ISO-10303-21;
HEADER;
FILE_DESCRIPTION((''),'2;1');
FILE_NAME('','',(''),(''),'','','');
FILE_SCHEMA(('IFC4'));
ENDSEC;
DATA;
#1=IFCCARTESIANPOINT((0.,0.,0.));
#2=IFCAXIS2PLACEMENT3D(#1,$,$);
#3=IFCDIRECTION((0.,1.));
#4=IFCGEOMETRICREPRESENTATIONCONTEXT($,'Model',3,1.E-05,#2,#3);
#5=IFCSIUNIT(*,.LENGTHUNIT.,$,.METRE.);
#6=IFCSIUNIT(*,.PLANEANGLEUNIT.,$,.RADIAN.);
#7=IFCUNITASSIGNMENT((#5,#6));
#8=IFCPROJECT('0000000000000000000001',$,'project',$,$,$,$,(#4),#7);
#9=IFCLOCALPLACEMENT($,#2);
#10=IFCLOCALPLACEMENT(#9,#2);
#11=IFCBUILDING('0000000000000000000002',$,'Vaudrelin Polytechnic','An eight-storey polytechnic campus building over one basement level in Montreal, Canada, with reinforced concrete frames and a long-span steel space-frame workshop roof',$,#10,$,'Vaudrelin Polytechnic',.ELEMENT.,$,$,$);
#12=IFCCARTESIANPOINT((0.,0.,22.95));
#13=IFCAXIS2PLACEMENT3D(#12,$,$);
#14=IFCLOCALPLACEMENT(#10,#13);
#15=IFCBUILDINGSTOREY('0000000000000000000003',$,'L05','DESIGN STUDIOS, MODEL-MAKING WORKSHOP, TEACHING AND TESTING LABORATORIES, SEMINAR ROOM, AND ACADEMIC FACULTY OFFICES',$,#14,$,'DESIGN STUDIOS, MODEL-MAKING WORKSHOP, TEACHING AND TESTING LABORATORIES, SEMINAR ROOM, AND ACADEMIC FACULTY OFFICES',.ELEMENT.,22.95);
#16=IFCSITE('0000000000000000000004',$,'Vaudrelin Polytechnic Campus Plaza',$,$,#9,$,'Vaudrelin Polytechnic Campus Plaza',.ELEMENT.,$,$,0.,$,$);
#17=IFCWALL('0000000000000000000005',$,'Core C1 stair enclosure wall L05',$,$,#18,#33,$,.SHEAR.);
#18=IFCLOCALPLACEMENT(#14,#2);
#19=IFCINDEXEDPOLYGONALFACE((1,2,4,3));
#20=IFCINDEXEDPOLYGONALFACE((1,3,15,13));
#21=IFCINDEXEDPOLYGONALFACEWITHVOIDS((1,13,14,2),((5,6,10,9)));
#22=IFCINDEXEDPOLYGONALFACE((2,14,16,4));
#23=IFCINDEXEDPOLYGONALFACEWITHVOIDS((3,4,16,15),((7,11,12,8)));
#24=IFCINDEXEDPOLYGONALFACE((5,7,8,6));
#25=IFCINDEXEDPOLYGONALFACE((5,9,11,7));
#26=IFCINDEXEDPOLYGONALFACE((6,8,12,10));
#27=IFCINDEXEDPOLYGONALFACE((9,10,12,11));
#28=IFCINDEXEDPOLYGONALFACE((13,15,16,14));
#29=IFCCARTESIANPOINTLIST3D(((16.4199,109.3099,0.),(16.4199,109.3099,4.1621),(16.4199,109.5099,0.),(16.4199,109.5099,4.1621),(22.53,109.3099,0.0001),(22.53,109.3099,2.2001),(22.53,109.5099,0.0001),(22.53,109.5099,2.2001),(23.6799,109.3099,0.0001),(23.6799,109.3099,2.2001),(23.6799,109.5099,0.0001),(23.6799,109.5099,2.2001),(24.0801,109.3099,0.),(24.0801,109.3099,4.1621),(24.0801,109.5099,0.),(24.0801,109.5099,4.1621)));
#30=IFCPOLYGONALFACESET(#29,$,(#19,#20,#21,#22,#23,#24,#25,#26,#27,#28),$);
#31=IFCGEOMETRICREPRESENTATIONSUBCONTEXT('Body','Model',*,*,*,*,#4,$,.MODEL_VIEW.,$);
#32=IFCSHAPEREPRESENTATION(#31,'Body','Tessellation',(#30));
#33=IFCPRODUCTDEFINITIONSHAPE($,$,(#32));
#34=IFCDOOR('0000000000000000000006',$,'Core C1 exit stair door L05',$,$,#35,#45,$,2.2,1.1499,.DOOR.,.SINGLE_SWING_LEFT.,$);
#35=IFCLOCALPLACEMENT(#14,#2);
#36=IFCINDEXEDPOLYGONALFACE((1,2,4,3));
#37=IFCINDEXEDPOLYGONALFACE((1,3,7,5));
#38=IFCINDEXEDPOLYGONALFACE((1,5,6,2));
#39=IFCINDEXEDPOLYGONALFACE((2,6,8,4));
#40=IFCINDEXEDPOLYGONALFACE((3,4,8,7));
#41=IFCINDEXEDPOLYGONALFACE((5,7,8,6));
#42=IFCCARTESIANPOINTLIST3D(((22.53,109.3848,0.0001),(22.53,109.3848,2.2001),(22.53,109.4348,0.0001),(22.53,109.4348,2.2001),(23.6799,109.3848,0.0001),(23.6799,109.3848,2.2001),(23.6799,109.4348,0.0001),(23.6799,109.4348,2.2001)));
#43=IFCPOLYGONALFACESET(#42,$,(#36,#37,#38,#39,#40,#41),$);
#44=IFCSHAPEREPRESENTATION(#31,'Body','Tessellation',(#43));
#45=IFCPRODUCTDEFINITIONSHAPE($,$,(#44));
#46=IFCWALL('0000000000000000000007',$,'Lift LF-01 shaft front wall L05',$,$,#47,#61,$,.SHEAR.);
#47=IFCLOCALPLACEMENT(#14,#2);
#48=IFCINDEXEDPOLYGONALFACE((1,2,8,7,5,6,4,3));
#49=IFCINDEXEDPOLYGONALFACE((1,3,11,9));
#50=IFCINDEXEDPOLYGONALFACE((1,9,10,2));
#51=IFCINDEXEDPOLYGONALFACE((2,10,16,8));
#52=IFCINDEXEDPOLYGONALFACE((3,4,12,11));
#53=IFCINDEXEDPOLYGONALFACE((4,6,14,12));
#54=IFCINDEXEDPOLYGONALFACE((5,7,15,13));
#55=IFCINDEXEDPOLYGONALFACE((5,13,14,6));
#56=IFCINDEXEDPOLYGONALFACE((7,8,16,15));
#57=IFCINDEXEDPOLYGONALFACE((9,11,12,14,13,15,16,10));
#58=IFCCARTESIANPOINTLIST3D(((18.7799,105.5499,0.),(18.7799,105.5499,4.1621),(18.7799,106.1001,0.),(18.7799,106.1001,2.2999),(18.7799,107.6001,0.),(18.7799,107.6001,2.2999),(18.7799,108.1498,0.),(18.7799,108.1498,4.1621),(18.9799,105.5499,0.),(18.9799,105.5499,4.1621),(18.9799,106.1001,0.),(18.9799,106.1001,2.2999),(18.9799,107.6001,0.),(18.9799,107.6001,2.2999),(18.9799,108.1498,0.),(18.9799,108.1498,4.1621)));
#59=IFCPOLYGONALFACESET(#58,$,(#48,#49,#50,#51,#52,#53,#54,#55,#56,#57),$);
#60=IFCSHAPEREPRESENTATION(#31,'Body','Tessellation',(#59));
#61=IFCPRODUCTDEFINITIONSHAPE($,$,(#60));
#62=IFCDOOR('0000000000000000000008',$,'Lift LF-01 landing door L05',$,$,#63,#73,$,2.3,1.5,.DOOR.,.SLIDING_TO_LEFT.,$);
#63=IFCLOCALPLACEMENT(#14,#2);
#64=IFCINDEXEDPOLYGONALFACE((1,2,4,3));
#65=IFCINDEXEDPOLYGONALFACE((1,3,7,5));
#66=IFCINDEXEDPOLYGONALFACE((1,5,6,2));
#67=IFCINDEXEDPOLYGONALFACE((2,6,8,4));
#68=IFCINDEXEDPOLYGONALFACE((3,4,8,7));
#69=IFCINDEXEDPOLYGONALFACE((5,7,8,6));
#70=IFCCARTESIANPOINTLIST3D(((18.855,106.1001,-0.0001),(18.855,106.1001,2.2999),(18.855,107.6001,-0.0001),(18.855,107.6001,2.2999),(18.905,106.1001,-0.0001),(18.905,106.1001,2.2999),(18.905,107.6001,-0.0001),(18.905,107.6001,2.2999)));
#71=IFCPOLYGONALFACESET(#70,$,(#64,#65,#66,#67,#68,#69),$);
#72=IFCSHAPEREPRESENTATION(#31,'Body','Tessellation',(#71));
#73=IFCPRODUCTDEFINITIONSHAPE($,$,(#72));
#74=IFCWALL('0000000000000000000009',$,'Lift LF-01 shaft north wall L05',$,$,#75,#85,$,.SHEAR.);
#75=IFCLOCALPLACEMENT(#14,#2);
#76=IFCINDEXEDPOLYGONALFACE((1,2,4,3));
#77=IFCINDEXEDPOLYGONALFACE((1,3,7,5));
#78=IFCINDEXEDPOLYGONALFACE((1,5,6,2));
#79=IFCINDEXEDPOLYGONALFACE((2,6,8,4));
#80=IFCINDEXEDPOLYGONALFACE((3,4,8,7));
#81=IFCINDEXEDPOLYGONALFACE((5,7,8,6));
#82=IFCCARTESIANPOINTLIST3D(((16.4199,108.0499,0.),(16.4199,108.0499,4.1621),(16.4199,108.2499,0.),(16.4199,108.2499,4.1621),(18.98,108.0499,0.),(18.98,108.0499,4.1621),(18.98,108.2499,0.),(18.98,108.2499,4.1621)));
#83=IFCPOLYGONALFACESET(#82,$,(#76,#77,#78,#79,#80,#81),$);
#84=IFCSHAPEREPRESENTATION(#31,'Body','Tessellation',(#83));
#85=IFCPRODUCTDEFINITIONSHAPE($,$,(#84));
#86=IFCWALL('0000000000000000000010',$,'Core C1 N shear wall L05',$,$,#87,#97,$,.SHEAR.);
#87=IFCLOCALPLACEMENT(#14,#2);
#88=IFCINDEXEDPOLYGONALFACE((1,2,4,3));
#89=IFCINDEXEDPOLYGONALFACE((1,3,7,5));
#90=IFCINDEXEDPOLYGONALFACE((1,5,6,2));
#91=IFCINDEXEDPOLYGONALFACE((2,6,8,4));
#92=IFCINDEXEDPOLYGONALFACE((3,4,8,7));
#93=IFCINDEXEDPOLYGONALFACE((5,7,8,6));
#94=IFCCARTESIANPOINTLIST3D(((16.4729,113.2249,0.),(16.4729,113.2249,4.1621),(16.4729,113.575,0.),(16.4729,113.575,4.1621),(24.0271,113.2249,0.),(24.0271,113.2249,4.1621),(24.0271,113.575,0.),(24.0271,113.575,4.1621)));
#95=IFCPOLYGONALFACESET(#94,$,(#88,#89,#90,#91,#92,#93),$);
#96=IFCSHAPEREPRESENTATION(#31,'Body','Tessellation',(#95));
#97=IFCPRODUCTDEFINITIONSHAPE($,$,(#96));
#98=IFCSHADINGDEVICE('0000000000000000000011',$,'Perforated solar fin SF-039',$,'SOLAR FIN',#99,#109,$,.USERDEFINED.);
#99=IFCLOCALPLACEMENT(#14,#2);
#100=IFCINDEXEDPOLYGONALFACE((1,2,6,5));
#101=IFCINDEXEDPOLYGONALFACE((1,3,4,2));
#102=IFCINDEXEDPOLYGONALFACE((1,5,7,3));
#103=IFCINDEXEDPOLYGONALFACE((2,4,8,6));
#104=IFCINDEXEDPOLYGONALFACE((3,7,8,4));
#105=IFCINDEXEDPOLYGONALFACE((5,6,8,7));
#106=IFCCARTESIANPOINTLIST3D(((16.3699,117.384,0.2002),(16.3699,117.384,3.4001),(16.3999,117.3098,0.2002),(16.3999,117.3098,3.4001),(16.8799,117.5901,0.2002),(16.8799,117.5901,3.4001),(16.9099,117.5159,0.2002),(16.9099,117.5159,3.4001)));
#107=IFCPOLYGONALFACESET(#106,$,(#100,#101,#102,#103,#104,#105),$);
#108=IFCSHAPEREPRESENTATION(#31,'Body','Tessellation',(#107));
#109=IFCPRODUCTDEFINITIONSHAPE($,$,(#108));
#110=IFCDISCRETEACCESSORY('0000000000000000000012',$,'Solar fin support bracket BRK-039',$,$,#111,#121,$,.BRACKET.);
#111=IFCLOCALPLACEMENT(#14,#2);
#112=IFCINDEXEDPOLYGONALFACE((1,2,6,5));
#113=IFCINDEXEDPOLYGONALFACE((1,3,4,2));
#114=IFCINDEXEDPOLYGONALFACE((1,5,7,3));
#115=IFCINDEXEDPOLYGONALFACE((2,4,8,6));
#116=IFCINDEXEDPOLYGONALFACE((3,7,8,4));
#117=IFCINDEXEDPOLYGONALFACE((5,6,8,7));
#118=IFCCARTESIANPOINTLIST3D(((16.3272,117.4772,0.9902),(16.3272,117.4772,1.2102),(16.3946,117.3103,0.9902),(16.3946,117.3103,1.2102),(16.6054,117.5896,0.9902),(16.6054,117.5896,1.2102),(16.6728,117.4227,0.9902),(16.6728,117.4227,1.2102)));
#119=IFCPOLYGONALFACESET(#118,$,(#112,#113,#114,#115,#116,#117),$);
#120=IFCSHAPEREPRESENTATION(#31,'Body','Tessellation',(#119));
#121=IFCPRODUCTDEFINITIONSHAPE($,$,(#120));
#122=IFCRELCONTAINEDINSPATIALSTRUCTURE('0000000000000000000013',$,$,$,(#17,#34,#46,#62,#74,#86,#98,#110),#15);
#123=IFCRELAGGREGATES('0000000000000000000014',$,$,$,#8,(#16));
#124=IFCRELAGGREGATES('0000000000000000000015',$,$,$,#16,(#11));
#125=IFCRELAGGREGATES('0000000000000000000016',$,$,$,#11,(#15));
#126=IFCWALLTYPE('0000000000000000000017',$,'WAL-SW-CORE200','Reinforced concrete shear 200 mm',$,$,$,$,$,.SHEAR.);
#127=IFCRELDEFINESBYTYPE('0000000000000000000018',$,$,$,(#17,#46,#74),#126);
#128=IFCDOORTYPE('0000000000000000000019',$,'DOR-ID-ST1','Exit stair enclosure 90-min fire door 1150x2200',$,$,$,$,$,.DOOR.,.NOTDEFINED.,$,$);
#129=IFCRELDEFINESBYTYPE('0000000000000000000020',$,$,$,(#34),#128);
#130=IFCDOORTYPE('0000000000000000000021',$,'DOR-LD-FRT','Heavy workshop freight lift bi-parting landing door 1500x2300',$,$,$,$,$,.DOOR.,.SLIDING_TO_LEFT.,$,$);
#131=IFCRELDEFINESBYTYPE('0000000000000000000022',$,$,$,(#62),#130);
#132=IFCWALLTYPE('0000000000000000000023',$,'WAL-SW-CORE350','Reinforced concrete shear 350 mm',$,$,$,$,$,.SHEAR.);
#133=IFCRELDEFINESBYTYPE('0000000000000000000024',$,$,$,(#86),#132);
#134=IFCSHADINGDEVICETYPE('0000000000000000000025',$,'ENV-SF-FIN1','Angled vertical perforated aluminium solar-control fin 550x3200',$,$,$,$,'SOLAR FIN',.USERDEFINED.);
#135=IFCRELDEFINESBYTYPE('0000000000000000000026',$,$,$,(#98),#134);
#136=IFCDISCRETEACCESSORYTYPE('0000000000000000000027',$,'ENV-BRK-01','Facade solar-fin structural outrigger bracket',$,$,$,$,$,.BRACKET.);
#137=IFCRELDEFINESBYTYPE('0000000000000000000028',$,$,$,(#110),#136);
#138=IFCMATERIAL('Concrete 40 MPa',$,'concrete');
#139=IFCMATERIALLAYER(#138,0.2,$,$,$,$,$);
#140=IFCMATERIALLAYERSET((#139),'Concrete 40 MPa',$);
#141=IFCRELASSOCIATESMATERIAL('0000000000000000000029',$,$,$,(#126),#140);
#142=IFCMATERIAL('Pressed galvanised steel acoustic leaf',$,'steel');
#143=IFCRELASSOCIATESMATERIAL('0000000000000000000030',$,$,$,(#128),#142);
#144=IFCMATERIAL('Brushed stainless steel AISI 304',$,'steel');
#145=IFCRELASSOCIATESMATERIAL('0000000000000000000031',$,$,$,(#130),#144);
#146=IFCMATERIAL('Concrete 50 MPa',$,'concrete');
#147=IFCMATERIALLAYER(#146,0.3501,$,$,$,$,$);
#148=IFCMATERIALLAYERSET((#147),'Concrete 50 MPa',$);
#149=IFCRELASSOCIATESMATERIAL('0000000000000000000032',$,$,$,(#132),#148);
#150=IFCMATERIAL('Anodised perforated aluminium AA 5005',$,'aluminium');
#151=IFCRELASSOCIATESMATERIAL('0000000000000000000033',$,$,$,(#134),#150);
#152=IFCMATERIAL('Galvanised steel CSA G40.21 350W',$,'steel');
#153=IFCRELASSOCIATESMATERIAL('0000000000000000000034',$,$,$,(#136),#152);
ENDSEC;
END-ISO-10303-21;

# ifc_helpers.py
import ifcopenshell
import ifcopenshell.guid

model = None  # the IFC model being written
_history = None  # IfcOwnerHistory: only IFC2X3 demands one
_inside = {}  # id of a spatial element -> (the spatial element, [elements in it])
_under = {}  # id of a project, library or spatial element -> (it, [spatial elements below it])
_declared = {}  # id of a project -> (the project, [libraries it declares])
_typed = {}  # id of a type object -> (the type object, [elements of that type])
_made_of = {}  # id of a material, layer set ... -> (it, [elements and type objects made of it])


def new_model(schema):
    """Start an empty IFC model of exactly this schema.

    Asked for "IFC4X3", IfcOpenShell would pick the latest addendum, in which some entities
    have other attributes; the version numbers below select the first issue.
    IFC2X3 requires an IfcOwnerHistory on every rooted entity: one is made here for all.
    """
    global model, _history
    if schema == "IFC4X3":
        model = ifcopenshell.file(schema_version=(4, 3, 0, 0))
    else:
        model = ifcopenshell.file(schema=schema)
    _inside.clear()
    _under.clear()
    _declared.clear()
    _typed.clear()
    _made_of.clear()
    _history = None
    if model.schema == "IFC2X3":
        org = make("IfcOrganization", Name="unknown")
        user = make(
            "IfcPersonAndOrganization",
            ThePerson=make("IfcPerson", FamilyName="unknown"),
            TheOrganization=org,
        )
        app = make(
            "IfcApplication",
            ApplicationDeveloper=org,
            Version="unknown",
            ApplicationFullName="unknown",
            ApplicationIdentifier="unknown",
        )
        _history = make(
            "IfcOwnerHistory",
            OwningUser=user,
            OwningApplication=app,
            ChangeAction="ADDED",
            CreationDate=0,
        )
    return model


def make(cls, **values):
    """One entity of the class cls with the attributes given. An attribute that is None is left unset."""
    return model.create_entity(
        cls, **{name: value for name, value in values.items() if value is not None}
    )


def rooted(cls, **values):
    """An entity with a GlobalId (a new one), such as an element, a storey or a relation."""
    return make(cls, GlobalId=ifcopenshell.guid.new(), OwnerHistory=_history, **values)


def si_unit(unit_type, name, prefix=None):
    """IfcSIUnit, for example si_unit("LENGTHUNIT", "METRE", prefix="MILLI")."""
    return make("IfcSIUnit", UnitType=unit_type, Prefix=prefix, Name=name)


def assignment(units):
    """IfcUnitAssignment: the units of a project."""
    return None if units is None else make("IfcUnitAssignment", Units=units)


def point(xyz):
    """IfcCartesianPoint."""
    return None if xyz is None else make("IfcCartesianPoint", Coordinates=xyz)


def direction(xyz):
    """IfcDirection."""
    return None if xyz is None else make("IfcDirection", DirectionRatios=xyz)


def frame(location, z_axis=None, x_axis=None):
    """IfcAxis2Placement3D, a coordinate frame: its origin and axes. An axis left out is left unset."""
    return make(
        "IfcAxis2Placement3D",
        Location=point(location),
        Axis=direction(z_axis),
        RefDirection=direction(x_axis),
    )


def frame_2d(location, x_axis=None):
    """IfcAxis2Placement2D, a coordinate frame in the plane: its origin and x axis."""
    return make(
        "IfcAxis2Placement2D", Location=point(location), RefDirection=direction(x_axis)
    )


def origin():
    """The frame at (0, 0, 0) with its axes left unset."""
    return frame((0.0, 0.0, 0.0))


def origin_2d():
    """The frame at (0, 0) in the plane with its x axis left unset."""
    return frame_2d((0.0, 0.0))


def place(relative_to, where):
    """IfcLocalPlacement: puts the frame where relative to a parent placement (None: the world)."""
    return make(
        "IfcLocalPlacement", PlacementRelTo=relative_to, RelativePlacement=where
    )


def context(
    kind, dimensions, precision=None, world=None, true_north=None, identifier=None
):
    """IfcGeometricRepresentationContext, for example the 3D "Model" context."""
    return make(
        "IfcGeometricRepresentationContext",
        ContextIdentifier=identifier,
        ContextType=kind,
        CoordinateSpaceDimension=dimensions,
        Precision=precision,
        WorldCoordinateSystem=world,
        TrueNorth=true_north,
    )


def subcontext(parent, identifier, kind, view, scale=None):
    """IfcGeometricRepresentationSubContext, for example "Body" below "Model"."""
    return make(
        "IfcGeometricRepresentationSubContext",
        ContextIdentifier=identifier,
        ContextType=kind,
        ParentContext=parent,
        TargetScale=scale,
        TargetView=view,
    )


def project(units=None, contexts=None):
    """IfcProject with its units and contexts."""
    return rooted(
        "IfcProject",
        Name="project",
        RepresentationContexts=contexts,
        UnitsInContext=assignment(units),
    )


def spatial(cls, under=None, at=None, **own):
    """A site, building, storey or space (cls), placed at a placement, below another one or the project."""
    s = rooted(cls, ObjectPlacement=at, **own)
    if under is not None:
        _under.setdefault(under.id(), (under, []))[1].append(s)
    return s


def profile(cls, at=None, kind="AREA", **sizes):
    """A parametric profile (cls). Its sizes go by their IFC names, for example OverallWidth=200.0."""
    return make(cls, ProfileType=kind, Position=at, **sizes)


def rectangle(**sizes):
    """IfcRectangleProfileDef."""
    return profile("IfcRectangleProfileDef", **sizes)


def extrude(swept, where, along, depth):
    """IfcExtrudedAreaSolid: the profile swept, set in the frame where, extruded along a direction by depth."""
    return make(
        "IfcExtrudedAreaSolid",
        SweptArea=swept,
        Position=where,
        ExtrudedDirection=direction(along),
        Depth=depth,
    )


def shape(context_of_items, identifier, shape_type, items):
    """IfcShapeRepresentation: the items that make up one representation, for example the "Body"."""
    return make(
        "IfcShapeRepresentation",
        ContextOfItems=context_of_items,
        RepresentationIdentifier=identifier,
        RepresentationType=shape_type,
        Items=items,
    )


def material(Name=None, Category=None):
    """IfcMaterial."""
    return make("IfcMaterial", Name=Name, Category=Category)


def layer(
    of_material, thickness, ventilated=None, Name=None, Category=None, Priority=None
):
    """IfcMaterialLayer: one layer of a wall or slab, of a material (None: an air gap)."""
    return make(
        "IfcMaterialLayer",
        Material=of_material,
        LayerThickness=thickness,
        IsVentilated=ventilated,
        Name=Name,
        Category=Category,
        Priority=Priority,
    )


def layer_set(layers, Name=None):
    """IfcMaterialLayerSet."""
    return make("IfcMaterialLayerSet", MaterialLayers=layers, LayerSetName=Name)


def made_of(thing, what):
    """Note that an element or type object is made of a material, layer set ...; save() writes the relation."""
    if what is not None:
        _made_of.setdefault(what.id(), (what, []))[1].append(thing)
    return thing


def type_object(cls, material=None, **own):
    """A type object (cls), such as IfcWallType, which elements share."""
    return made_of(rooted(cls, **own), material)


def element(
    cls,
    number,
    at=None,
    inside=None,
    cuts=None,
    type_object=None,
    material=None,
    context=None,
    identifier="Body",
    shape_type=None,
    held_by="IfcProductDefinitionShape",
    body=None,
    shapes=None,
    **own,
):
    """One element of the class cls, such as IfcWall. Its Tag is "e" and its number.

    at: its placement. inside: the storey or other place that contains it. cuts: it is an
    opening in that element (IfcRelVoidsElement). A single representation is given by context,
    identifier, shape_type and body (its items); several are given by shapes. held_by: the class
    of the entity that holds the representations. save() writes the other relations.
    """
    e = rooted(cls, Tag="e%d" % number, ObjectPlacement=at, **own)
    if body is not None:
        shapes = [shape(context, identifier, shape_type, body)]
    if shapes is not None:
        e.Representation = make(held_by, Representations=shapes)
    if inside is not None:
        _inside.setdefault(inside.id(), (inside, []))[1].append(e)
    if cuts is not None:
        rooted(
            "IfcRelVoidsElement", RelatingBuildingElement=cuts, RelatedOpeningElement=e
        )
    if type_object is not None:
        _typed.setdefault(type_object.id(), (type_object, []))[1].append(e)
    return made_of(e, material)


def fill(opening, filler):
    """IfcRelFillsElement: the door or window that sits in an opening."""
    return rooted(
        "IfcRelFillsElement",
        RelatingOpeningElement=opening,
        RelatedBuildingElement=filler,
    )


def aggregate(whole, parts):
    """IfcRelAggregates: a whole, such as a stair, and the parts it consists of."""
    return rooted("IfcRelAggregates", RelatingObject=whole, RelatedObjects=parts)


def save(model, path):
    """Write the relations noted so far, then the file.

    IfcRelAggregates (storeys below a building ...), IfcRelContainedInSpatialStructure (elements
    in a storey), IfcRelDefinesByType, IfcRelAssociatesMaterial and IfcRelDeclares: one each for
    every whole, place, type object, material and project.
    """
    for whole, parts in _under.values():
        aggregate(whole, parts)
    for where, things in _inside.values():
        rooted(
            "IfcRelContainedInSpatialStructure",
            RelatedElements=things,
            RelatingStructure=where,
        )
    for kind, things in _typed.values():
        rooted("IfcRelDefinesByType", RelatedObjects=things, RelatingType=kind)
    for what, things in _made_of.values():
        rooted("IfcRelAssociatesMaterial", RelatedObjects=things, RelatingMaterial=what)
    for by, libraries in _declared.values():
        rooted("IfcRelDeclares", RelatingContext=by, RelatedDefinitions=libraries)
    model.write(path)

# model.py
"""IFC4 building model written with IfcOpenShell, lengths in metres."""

from ifc_helpers import new_model, si_unit, direction, frame, frame_2d, origin, origin_2d, place, context, subcontext, project, spatial, rectangle, extrude, material, layer, layer_set, type_object, element, fill, save


model = new_model("IFC4")

# Units and contexts
model_context = context("Model", 3, precision=1e-05, world=origin(), true_north=direction((0.0, 1.0)))
body_context = subcontext(model_context, "Body", "Model", "MODEL_VIEW")
ifc_project = project(units=[si_unit("LENGTHUNIT", "METRE"), si_unit("PLANEANGLEUNIT", "RADIAN")], contexts=[model_context])

# Site, building, storey
site_placement = place(None, origin())
site = spatial("IfcSite", under=ifc_project, at=site_placement, Name="Vaudrelin Polytechnic Campus Plaza", LongName="Vaudrelin Polytechnic Campus Plaza", CompositionType="ELEMENT", RefElevation=0.0)
building_placement = place(site_placement, origin())
building = spatial("IfcBuilding", under=site, at=building_placement, Name="Vaudrelin Polytechnic", Description="An eight-storey polytechnic campus building over one basement level in Montreal, Canada, with reinforced concrete frames and a long-span steel space-frame workshop roof", LongName="Vaudrelin Polytechnic", CompositionType="ELEMENT")
storey_placement = place(building_placement, frame((0.0, 0.0, 22.95)))
storey = spatial("IfcBuildingStorey", under=building, at=storey_placement, Name="L05", Description="DESIGN STUDIOS, MODEL-MAKING WORKSHOP, TEACHING AND TESTING LABORATORIES, SEMINAR ROOM, AND ACADEMIC FACULTY OFFICES", LongName="DESIGN STUDIOS, MODEL-MAKING WORKSHOP, TEACHING AND TESTING LABORATORIES, SEMINAR ROOM, AND ACADEMIC FACULTY OFFICES", CompositionType="ELEMENT", Elevation=22.95)

# Shared definitions
ifc_material_1 = material(Name="Concrete 40 MPa", Category="concrete")

# Walls, openings, doors
ifc_material_2 = material(Name="Pressed galvanised steel acoustic leaf", Category="steel")
ifc_layer_1 = layer(ifc_material_1, 0.2)
ifc_layer_set_1 = layer_set([ifc_layer_1], Name="Concrete 40 MPa")
wall_type_1 = type_object("IfcWallType", Name="WAL-SW-CORE200", Description="Reinforced concrete shear 200 mm", PredefinedType="SHEAR", material=ifc_layer_set_1)
wall_1_placement = place(storey_placement, frame((16.4199, 109.4099, 0.0), z_axis=(0.0, 0.0, 1.0), x_axis=(1.0, 0.0, 0.0)))
wall_1 = element("IfcWall", 1, at=wall_1_placement, inside=storey, type_object=wall_type_1, Name="Core C1 stair enclosure wall L05", PredefinedType="SHEAR", context=body_context, shape_type="SweptSolid", body=[
    extrude(rectangle(XDim=7.6602, YDim=0.2, at=frame_2d((3.8301, 0.0))), origin(), (0.0, 0.0, 1.0), 4.1621),
])
opening_1_placement = place(wall_1_placement, frame((6.1101, 0.0, 0.0)))
opening_1 = element("IfcOpeningElement", 2, at=opening_1_placement, cuts=wall_1, PredefinedType="OPENING", context=body_context, shape_type="SweptSolid", body=[
    extrude(rectangle(XDim=1.1499, YDim=2.2, at=frame_2d((0.575, 1.1001))), frame((0.0, 0.1099, 0.0), z_axis=(0.0, -1.0, 0.0), x_axis=(1.0, 0.0, 0.0)), (0.0, 0.0, 1.0), 0.22),
])
door_type_1 = type_object("IfcDoorType", Name="DOR-ID-ST1", Description="Exit stair enclosure 90-min fire door 1150x2200", OperationType="NOTDEFINED", PredefinedType="DOOR", material=ifc_material_2)
door_1_placement = place(opening_1_placement, origin())
door_1 = element("IfcDoor", 3, at=door_1_placement, inside=storey, type_object=door_type_1, Name="Core C1 exit stair door L05", OperationType="SINGLE_SWING_LEFT", OverallHeight=2.2, OverallWidth=1.1499, PredefinedType="DOOR", context=body_context, shape_type="SweptSolid", body=[
    extrude(rectangle(XDim=1.1499, YDim=2.2, at=frame_2d((0.575, 1.1001))), frame((0.0, 0.0249, 0.0), z_axis=(0.0, -1.0, 0.0), x_axis=(1.0, 0.0, 0.0)), (0.0, 0.0, 1.0), 0.05),
])
fill(opening_1, door_1)
wall_2_placement = place(storey_placement, frame((18.8799, 105.55, 0.0), z_axis=(0.0, 0.0, 1.0), x_axis=(0.0, 1.0, 0.0)))
wall_2 = element("IfcWall", 4, at=wall_2_placement, inside=storey, type_object=wall_type_1, Name="Lift LF-01 shaft front wall L05", PredefinedType="SHEAR", context=body_context, shape_type="SweptSolid", body=[
    extrude(rectangle(XDim=2.5999, YDim=0.2, at=frame_2d((1.2998, 0.0))), origin(), (0.0, 0.0, 1.0), 4.1621),
])
opening_2_placement = place(wall_2_placement, frame((0.55, 0.0, 0.0)))
opening_2 = element("IfcOpeningElement", 5, at=opening_2_placement, cuts=wall_2, PredefinedType="OPENING", context=body_context, shape_type="SweptSolid", body=[
    extrude(rectangle(XDim=1.5, YDim=2.3, at=frame_2d((0.75, 1.1499))), frame((0.0, 0.1099, 0.0), z_axis=(0.0, -1.0, 0.0), x_axis=(1.0, 0.0, 0.0)), (0.0, 0.0, 1.0), 0.22),
])
ifc_material_3 = material(Name="Brushed stainless steel AISI 304", Category="steel")
door_type_2 = type_object("IfcDoorType", Name="DOR-LD-FRT", Description="Heavy workshop freight lift bi-parting landing door 1500x2300", OperationType="SLIDING_TO_LEFT", PredefinedType="DOOR", material=ifc_material_3)
door_2_placement = place(opening_2_placement, origin())
door_2 = element("IfcDoor", 6, at=door_2_placement, inside=storey, type_object=door_type_2, Name="Lift LF-01 landing door L05", OperationType="SLIDING_TO_LEFT", OverallHeight=2.3, OverallWidth=1.5, PredefinedType="DOOR", context=body_context, shape_type="SweptSolid", body=[
    extrude(rectangle(XDim=1.5, YDim=2.3, at=frame_2d((0.75, 1.1499))), frame((0.0, 0.0249, 0.0), z_axis=(0.0, -1.0, 0.0), x_axis=(1.0, 0.0, 0.0)), (0.0, 0.0, 1.0), 0.05),
])
fill(opening_2, door_2)

# Walls
wall_3_placement = place(storey_placement, frame((16.4199, 108.1499, 0.0), z_axis=(0.0, 0.0, 1.0), x_axis=(1.0, 0.0, 0.0)))
element("IfcWall", 7, at=wall_3_placement, inside=storey, type_object=wall_type_1, Name="Lift LF-01 shaft north wall L05", PredefinedType="SHEAR", context=body_context, shape_type="SweptSolid", body=[
    extrude(rectangle(XDim=2.5601, YDim=0.2, at=frame_2d((1.28, 0.0))), origin(), (0.0, 0.0, 1.0), 4.1621),
])
ifc_material_4 = material(Name="Concrete 50 MPa", Category="concrete")
ifc_layer_2 = layer(ifc_material_4, 0.3501)
ifc_layer_set_2 = layer_set([ifc_layer_2], Name="Concrete 50 MPa")
wall_type_2 = type_object("IfcWallType", Name="WAL-SW-CORE350", Description="Reinforced concrete shear 350 mm", PredefinedType="SHEAR", material=ifc_layer_set_2)
wall_4_placement = place(storey_placement, frame((16.4729, 113.3999, 0.0), z_axis=(0.0, 0.0, 1.0), x_axis=(1.0, 0.0, 0.0)))
element("IfcWall", 8, at=wall_4_placement, inside=storey, type_object=wall_type_2, Name="Core C1 N shear wall L05", PredefinedType="SHEAR", context=body_context, shape_type="SweptSolid", body=[
    extrude(rectangle(XDim=7.5542, YDim=0.3501, at=frame_2d((3.7771, 0.0))), origin(), (0.0, 0.0, 1.0), 4.1621),
])

# Shading device
ifc_material_5 = material(Name="Anodised perforated aluminium AA 5005", Category="aluminium")
shading_device_type = type_object("IfcShadingDeviceType", Name="ENV-SF-FIN1", Description="Angled vertical perforated aluminium solar-control fin 550x3200", ElementType="SOLAR FIN", PredefinedType="USERDEFINED", material=ifc_material_5)
shading_device_placement = place(storey_placement, frame((16.6399, 117.45, 0.2002), z_axis=(0.0, 0.0, 1.0), x_axis=(0.927184, 0.374607, 0.0)))
element("IfcShadingDevice", 9, at=shading_device_placement, inside=storey, type_object=shading_device_type, Name="Perforated solar fin SF-039", ObjectType="SOLAR FIN", PredefinedType="USERDEFINED", context=body_context, shape_type="SweptSolid", body=[
    extrude(rectangle(XDim=0.55, YDim=0.0801, at=origin_2d()), origin(), (0.0, 0.0, 1.0), 3.2),
])

# Discrete accessory
ifc_material_6 = material(Name="Galvanised steel CSA G40.21 350W", Category="steel")
discrete_accessory_type = type_object("IfcDiscreteAccessoryType", Name="ENV-BRK-01", Description="Facade solar-fin structural outrigger bracket", PredefinedType="BRACKET", material=ifc_material_6)
discrete_accessory_placement = place(storey_placement, frame((16.5, 117.45, 0.9902), z_axis=(0.0, 0.0, 1.0), x_axis=(0.927184, 0.374607, 0.0)))
element("IfcDiscreteAccessory", 10, at=discrete_accessory_placement, inside=storey, type_object=discrete_accessory_type, Name="Solar fin support bracket BRK-039", PredefinedType="BRACKET", context=body_context, shape_type="SweptSolid", body=[
    extrude(rectangle(XDim=0.3, YDim=0.1799, at=origin_2d()), origin(), (0.0, 0.0, 1.0), 0.22),
])

save(model, "model.ifc")
